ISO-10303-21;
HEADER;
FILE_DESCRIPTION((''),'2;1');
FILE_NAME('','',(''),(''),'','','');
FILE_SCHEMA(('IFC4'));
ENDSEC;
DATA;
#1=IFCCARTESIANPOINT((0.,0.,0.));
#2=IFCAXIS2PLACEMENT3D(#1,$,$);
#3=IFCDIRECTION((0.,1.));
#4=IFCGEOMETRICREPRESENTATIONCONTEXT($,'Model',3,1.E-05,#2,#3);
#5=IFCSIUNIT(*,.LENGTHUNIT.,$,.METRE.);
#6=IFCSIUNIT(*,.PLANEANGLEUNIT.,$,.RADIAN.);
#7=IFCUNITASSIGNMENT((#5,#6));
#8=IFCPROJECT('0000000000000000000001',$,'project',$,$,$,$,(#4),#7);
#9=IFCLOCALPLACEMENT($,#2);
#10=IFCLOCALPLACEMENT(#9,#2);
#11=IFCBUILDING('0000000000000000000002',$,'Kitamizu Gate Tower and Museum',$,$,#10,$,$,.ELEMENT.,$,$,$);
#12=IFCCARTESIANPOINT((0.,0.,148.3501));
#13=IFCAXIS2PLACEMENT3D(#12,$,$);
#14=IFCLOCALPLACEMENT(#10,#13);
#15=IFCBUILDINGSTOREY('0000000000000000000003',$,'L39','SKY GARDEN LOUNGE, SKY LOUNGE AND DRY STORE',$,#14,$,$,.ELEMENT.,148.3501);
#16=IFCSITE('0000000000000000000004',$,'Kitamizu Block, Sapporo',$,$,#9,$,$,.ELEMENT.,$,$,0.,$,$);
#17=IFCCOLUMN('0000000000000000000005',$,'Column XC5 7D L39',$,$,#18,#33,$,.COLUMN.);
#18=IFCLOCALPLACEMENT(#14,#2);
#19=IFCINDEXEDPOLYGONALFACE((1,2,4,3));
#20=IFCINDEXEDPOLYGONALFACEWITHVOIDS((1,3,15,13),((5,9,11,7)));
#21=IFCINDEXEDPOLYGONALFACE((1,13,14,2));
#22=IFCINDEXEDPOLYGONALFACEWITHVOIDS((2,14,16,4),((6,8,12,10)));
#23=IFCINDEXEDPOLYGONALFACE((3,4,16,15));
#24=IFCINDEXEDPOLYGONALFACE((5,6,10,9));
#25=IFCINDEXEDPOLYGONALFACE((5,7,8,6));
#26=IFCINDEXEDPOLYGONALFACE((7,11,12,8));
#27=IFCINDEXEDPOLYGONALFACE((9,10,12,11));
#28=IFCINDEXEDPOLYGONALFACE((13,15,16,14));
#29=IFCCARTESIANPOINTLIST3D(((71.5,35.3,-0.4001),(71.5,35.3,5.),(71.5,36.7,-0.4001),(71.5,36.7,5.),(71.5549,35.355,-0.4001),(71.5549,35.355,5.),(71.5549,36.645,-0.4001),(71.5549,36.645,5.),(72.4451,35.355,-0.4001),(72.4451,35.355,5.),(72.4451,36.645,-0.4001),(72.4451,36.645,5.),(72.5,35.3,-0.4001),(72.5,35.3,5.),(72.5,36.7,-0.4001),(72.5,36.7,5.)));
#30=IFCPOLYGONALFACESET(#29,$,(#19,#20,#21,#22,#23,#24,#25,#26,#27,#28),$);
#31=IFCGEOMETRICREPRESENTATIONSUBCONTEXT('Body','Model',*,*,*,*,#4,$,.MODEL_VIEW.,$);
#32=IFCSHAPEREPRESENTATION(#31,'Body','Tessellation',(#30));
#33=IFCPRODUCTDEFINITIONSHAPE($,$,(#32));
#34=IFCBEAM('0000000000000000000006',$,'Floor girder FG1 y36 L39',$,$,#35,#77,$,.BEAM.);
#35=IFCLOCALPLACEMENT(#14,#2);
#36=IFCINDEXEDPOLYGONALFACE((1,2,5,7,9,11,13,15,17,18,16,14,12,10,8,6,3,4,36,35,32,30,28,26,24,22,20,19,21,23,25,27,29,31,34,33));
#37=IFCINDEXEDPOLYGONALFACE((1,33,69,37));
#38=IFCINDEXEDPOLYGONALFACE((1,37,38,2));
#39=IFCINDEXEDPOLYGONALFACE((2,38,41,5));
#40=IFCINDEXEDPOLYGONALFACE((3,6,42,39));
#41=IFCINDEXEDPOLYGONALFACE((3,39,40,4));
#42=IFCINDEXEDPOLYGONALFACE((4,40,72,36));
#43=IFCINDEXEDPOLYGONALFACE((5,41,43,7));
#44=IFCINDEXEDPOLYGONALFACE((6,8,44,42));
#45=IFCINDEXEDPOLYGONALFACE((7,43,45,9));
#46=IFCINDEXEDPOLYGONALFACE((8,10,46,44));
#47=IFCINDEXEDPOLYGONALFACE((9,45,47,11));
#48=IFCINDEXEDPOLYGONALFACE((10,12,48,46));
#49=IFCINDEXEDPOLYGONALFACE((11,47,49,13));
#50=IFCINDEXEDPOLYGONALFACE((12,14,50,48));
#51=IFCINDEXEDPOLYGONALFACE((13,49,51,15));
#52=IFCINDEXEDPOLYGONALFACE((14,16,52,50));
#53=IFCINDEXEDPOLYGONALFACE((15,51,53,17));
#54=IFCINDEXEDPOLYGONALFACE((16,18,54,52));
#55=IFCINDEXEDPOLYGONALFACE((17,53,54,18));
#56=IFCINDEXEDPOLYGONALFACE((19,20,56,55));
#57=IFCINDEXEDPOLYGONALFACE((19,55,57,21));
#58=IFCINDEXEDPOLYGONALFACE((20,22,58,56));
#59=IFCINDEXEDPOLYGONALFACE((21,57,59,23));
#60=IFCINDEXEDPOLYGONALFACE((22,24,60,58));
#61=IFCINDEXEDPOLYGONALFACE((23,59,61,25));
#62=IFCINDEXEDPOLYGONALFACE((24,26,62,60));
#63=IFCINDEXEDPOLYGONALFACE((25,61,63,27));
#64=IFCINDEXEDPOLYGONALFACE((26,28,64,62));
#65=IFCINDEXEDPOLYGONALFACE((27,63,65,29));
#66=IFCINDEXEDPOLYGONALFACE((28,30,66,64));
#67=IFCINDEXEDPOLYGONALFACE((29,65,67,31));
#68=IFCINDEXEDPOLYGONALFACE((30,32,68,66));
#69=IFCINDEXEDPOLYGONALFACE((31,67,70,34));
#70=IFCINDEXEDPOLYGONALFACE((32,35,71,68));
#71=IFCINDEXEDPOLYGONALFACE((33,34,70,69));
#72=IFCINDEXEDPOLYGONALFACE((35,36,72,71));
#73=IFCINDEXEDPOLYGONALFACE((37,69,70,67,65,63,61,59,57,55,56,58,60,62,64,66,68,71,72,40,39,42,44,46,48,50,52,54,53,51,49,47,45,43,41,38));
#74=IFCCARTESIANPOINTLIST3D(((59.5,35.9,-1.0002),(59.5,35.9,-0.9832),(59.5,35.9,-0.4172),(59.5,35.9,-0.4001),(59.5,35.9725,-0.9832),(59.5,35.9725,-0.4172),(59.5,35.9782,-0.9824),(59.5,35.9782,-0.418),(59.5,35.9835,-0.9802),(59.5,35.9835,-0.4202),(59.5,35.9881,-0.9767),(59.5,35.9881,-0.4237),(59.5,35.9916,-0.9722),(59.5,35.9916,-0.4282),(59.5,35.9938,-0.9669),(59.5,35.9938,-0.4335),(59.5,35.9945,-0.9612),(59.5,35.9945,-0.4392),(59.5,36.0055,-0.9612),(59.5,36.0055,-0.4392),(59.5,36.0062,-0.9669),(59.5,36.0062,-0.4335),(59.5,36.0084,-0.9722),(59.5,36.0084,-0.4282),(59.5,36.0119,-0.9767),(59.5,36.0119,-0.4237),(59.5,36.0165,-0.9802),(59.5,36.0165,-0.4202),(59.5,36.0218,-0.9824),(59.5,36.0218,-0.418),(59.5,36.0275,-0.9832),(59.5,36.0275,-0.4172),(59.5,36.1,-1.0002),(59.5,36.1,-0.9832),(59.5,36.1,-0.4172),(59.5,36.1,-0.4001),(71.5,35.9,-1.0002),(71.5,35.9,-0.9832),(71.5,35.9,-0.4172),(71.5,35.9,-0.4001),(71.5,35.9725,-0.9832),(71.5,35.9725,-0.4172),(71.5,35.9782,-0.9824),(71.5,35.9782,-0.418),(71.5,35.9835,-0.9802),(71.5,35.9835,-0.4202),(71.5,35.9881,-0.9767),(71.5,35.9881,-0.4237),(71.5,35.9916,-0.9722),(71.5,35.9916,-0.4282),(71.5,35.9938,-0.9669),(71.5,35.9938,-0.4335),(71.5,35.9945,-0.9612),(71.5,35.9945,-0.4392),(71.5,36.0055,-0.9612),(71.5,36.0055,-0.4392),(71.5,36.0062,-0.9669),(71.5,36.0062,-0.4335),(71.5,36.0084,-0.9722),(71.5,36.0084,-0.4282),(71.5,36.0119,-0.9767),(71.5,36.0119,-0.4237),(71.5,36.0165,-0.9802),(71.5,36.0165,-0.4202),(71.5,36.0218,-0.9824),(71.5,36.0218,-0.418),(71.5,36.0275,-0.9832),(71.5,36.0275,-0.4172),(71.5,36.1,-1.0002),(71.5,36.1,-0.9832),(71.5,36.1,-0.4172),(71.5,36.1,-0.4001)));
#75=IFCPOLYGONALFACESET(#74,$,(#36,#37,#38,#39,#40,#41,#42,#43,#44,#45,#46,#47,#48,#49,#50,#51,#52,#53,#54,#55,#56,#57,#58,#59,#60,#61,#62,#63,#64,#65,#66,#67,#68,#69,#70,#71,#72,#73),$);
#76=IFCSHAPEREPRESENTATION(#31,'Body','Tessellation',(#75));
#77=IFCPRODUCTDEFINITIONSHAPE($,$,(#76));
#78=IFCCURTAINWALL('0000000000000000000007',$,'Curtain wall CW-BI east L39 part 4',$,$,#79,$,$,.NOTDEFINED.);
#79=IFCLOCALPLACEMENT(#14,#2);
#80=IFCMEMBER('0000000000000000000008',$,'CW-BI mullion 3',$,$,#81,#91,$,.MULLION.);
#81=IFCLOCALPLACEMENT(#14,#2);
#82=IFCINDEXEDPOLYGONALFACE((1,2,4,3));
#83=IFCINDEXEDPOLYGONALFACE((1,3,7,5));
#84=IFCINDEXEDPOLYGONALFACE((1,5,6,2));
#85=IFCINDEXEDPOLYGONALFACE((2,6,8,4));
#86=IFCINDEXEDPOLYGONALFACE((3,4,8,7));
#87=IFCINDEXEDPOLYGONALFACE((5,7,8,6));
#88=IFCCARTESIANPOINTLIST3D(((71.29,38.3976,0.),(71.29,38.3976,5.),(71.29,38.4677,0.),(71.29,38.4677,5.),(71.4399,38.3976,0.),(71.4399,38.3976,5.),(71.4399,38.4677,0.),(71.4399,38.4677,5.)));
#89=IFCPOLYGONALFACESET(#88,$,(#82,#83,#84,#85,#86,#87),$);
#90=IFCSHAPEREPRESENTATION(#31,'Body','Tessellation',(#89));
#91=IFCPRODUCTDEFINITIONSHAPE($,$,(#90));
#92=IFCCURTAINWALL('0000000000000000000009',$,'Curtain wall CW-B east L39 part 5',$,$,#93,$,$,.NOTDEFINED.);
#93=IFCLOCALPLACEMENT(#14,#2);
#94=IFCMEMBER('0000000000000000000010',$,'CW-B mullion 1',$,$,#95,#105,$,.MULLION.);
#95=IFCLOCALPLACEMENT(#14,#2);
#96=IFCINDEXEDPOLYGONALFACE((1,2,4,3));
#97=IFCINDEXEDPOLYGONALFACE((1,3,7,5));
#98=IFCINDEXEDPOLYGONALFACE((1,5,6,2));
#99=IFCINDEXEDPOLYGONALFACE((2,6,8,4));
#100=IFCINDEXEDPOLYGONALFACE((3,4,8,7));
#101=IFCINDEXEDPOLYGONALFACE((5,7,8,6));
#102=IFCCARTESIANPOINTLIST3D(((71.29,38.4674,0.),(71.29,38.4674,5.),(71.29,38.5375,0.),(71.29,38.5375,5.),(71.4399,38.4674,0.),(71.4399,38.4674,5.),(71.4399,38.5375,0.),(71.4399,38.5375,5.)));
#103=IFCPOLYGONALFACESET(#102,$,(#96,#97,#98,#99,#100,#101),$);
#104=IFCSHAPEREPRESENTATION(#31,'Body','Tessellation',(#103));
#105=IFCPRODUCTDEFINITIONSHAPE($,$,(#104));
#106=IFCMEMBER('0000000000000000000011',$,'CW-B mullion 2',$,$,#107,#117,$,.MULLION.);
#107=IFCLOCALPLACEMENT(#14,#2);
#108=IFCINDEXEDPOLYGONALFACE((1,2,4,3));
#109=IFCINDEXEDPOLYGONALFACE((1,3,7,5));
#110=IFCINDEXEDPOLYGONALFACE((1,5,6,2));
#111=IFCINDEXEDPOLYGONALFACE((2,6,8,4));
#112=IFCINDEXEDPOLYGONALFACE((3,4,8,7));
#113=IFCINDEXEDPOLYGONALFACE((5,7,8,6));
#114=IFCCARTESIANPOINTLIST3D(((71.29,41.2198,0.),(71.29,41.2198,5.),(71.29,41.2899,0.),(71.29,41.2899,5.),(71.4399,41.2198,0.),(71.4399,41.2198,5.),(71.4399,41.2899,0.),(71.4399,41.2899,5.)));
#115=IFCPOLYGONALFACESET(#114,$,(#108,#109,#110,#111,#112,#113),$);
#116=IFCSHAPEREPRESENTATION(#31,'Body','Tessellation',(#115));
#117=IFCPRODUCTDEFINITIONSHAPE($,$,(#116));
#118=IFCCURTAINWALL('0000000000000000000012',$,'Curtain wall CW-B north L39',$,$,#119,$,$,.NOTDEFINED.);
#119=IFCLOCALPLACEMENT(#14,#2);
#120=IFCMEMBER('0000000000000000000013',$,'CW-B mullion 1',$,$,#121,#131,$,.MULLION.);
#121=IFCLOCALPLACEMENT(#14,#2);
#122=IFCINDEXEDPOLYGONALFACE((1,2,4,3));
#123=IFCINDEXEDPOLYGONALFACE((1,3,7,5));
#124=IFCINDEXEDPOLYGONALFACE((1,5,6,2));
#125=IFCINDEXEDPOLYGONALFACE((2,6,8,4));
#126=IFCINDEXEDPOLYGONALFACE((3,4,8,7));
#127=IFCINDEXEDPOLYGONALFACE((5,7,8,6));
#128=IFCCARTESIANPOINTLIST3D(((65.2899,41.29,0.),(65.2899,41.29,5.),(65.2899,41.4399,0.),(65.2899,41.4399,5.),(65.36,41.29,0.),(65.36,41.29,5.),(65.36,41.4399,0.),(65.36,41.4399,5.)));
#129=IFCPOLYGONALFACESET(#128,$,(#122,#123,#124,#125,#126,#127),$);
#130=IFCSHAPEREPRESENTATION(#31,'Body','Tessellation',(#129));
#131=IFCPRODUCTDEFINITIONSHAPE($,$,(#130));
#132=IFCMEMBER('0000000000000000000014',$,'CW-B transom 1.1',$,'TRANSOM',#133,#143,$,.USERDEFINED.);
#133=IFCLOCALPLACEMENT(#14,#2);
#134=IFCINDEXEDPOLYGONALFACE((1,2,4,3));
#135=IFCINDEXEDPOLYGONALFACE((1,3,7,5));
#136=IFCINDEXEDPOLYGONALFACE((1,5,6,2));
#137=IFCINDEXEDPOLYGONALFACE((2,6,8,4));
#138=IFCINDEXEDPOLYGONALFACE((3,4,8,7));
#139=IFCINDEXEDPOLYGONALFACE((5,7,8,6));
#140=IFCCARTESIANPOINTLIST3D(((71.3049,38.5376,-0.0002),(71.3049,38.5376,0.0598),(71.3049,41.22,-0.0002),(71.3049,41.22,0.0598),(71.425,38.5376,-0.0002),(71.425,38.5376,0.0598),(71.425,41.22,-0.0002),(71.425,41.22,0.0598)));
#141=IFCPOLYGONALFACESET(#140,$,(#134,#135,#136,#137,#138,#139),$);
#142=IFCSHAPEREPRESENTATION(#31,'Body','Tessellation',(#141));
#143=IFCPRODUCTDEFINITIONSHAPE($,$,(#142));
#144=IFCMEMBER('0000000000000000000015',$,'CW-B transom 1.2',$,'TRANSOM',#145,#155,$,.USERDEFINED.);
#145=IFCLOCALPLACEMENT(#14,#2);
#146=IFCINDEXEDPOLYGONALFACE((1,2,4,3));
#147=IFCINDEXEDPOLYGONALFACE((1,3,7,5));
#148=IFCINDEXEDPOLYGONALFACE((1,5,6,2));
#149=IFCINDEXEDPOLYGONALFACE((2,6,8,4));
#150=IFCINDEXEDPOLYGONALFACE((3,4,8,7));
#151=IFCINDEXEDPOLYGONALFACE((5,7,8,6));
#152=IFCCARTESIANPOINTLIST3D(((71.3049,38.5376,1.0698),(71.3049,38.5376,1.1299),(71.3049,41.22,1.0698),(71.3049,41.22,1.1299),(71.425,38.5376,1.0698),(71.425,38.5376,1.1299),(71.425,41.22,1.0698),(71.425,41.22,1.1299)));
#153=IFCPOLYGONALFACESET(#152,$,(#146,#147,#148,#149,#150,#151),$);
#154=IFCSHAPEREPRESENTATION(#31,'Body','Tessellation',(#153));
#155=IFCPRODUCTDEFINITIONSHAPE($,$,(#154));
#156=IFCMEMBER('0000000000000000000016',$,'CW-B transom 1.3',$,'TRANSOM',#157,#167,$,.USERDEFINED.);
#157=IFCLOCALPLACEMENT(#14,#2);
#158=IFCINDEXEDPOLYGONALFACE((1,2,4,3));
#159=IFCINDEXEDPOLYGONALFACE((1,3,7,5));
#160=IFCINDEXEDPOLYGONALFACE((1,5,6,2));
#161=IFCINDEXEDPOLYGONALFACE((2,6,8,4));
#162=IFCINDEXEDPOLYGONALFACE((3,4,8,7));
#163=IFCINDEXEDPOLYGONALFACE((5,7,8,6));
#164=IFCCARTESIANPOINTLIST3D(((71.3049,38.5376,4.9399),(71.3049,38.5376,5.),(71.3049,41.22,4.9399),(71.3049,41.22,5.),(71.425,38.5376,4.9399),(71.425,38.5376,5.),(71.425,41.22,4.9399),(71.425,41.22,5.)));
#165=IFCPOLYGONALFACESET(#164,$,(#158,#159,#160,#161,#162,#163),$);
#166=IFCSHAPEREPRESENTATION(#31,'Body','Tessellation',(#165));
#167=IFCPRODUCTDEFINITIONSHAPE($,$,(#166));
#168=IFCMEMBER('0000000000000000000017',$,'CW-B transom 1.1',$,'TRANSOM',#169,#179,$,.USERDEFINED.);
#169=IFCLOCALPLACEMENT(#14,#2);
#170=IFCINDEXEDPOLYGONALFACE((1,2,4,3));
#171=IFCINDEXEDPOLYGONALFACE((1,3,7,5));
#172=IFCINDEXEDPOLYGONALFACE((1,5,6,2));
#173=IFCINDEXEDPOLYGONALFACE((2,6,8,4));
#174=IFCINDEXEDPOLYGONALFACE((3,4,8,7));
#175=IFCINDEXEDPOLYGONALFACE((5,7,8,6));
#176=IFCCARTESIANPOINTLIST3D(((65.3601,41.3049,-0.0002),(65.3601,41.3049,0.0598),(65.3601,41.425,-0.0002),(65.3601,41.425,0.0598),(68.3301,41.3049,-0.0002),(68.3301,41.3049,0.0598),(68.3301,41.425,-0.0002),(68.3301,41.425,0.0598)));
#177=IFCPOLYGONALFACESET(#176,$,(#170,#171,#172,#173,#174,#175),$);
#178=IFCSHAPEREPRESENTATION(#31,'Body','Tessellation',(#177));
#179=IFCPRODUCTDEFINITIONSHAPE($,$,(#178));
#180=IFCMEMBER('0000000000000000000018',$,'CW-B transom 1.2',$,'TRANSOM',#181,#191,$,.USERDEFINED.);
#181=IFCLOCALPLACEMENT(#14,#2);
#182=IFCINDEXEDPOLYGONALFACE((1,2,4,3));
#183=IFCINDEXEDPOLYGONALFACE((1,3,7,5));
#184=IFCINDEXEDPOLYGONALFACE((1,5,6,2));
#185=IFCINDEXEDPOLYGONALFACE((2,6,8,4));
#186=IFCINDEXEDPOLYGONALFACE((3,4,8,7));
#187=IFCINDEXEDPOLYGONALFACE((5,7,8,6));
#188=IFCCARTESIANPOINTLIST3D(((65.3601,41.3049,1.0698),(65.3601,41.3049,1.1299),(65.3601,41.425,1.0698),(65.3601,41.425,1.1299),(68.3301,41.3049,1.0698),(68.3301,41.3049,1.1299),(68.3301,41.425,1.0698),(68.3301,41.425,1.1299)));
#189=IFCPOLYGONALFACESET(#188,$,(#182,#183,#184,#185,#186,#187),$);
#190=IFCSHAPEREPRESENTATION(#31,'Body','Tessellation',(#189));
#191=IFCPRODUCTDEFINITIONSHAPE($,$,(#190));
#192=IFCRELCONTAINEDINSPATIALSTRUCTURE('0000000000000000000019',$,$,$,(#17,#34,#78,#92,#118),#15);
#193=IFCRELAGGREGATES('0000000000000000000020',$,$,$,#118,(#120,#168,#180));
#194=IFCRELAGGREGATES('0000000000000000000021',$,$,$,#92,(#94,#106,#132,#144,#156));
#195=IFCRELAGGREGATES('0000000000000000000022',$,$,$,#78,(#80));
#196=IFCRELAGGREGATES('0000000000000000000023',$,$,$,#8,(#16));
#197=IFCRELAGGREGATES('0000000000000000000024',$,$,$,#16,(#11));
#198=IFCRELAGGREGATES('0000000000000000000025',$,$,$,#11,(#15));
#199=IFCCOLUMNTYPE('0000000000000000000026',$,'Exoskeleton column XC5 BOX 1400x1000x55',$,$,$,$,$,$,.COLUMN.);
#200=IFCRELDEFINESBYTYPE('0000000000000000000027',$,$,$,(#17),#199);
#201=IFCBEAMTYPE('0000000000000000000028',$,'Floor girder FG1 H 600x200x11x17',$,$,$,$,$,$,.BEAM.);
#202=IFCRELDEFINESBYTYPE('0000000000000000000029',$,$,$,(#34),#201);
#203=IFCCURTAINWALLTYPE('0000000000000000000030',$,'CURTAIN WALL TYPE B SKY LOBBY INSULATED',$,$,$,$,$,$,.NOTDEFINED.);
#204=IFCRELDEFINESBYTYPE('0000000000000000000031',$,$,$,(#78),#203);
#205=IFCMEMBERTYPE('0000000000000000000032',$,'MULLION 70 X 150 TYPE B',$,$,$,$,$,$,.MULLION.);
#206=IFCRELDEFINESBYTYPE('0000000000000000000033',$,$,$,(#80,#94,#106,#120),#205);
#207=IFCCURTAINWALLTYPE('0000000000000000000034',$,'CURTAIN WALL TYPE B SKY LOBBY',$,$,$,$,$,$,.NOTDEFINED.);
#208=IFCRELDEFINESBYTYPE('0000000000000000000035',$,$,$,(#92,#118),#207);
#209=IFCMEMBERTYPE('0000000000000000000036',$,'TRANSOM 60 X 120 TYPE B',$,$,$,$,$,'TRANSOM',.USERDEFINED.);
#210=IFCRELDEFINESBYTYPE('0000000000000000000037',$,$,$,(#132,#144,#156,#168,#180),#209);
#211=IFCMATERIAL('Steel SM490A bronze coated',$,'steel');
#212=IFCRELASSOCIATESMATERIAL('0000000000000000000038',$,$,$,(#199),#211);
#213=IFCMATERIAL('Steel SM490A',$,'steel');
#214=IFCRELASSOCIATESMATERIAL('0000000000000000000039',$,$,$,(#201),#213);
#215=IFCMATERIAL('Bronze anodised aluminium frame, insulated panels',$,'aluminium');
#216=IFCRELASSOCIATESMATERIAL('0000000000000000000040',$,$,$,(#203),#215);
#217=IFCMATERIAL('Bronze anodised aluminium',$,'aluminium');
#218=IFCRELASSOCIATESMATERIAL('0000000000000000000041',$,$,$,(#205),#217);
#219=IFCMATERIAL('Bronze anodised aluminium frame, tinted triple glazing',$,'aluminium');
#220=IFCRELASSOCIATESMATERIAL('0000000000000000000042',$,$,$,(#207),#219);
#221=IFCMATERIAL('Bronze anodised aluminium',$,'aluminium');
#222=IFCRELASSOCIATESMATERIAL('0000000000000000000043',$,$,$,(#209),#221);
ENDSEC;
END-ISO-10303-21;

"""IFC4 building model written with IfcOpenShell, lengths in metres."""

from ifc_helpers import new_model, si_unit, direction, frame, origin, origin_2d, place, context, subcontext, project, spatial, rectangle, hollow_rectangle, i_section, extrude, material, material_profile, profile_set, type_object, element, aggregate, save


model = new_model("IFC4")

# Units and contexts
model_context = context("Model", 3, precision=1e-05, world=origin(), true_north=direction((0.0, 1.0)))
body_context = subcontext(model_context, "Body", "Model", "MODEL_VIEW")
ifc_project = project(units=[si_unit("LENGTHUNIT", "METRE"), si_unit("PLANEANGLEUNIT", "RADIAN")], contexts=[model_context])

# Site, building, storey
site_placement = place(None, origin())
site = spatial("IfcSite", under=ifc_project, at=site_placement, Name="Kitamizu Block, Sapporo", CompositionType="ELEMENT", RefElevation=0.0)
building_placement = place(site_placement, origin())
building = spatial("IfcBuilding", under=site, at=building_placement, Name="Kitamizu Gate Tower and Museum", CompositionType="ELEMENT")
storey_placement = place(building_placement, frame((0.0, 0.0, 148.3501)))
storey = spatial("IfcBuildingStorey", under=building, at=storey_placement, Name="L39", Description="SKY GARDEN LOUNGE, SKY LOUNGE AND DRY STORE", CompositionType="ELEMENT", Elevation=148.3501)

# Column
ifc_material_1 = material(Name="Steel SM490A bronze coated", Category="steel")
ifc_material_profile_1 = material_profile(ifc_material_1, hollow_rectangle(XDim=1.3999, YDim=1.0, WallThickness=0.0549, at=origin_2d()), Name="BOX 1400x1000x55")
ifc_profile_set_1 = profile_set([ifc_material_profile_1], Name="Steel SM490A bronze coated")
column_type = type_object("IfcColumnType", Name="Exoskeleton column XC5 BOX 1400x1000x55", PredefinedType="COLUMN", material=ifc_profile_set_1)
column_placement = place(storey_placement, frame((72.0, 36.0, -0.4001), z_axis=(0.0, 0.0, 1.0), x_axis=(0.0, 1.0, 0.0)))
element("IfcColumn", 1, at=column_placement, inside=storey, type_object=column_type, Name="Column XC5 7D L39", PredefinedType="COLUMN", context=body_context, shape_type="SweptSolid", body=[
    extrude(hollow_rectangle(XDim=1.3999, YDim=1.0, WallThickness=0.0549, at=origin_2d()), origin(), (0.0, 0.0, 1.0), 5.4001),
])

# Beam
ifc_material_2 = material(Name="Steel SM490A", Category="steel")
ifc_material_profile_2 = material_profile(ifc_material_2, i_section(OverallWidth=0.2, OverallDepth=0.6001, WebThickness=0.011, FlangeThickness=0.0171, FilletRadius=0.022, at=origin_2d()), Name="H-600x200x11x17")
ifc_profile_set_2 = profile_set([ifc_material_profile_2], Name="Steel SM490A")
beam_type = type_object("IfcBeamType", Name="Floor girder FG1 H 600x200x11x17", PredefinedType="BEAM", material=ifc_profile_set_2)
beam_placement = place(storey_placement, frame((59.5, 36.0, -0.7002), z_axis=(1.0, 0.0, 0.0), x_axis=(0.0, 1.0, 0.0)))
element("IfcBeam", 2, at=beam_placement, inside=storey, type_object=beam_type, Name="Floor girder FG1 y36 L39", PredefinedType="BEAM", context=body_context, shape_type="SweptSolid", body=[
    extrude(i_section(OverallWidth=0.2, OverallDepth=0.6001, WebThickness=0.011, FlangeThickness=0.0171, FilletRadius=0.022, at=origin_2d()), origin(), (0.0, 0.0, 1.0), 12.0),
])

# Curtain wall, member
ifc_material_3 = material(Name="Bronze anodised aluminium frame, insulated panels", Category="aluminium")
curtain_wall_type_1 = type_object("IfcCurtainWallType", Name="CURTAIN WALL TYPE B SKY LOBBY INSULATED", PredefinedType="NOTDEFINED", material=ifc_material_3)
curtain_wall_1_placement = place(storey_placement, origin())
curtain_wall_1 = element("IfcCurtainWall", 3, at=curtain_wall_1_placement, inside=storey, type_object=curtain_wall_type_1, Name="Curtain wall CW-BI east L39 part 4", PredefinedType="NOTDEFINED")
ifc_material_4 = material(Name="Bronze anodised aluminium", Category="aluminium")
ifc_material_profile_3 = material_profile(ifc_material_4, rectangle(XDim=0.0701, YDim=0.1499, at=origin_2d()), Name="AL 70X150")
ifc_profile_set_3 = profile_set([ifc_material_profile_3], Name="Bronze anodised aluminium")
member_type_1 = type_object("IfcMemberType", Name="MULLION 70 X 150 TYPE B", PredefinedType="MULLION", material=ifc_profile_set_3)
member_1_placement = place(storey_placement, frame((71.365, 38.4326, 0.0), z_axis=(0.0, 0.0, 1.0), x_axis=(0.0, 1.0, 0.0)))
member_1 = element("IfcMember", 4, at=member_1_placement, type_object=member_type_1, Name="CW-BI mullion 3", PredefinedType="MULLION", context=body_context, shape_type="SweptSolid", body=[
    extrude(rectangle(XDim=0.0701, YDim=0.1499, at=origin_2d()), origin(), (0.0, 0.0, 1.0), 5.0),
])

# Curtain wall, members
ifc_material_5 = material(Name="Bronze anodised aluminium frame, tinted triple glazing", Category="aluminium")
curtain_wall_type_2 = type_object("IfcCurtainWallType", Name="CURTAIN WALL TYPE B SKY LOBBY", PredefinedType="NOTDEFINED", material=ifc_material_5)
curtain_wall_2_placement = place(storey_placement, origin())
curtain_wall_2 = element("IfcCurtainWall", 5, at=curtain_wall_2_placement, inside=storey, type_object=curtain_wall_type_2, Name="Curtain wall CW-B east L39 part 5", PredefinedType="NOTDEFINED")
member_2_placement = place(storey_placement, frame((71.365, 38.5024, 0.0), z_axis=(0.0, 0.0, 1.0), x_axis=(0.0, 1.0, 0.0)))
member_2 = element("IfcMember", 6, at=member_2_placement, type_object=member_type_1, Name="CW-B mullion 1", PredefinedType="MULLION", context=body_context, shape_type="SweptSolid", body=[
    extrude(rectangle(XDim=0.0701, YDim=0.1499, at=origin_2d()), origin(), (0.0, 0.0, 1.0), 5.0),
])
member_3_placement = place(storey_placement, frame((71.365, 41.2549, 0.0), z_axis=(0.0, 0.0, 1.0), x_axis=(0.0, 1.0, 0.0)))
member_3 = element("IfcMember", 7, at=member_3_placement, type_object=member_type_1, Name="CW-B mullion 2", PredefinedType="MULLION", context=body_context, shape_type="SweptSolid", body=[
    extrude(rectangle(XDim=0.0701, YDim=0.1499, at=origin_2d()), origin(), (0.0, 0.0, 1.0), 5.0),
])

# Curtain wall, member
curtain_wall_3_placement = place(storey_placement, origin())
curtain_wall_3 = element("IfcCurtainWall", 8, at=curtain_wall_3_placement, inside=storey, type_object=curtain_wall_type_2, Name="Curtain wall CW-B north L39", PredefinedType="NOTDEFINED")
member_4_placement = place(storey_placement, frame((65.325, 41.365, 0.0), z_axis=(0.0, 0.0, 1.0), x_axis=(1.0, 0.0, 0.0)))
member_4 = element("IfcMember", 9, at=member_4_placement, type_object=member_type_1, Name="CW-B mullion 1", PredefinedType="MULLION", context=body_context, shape_type="SweptSolid", body=[
    extrude(rectangle(XDim=0.0701, YDim=0.1499, at=origin_2d()), origin(), (0.0, 0.0, 1.0), 5.0),
])

# Members
ifc_material_6 = material(Name="Bronze anodised aluminium", Category="aluminium")
ifc_material_profile_4 = material_profile(ifc_material_6, rectangle(XDim=0.1201, YDim=0.0601, at=origin_2d()), Name="AL 60X120")
ifc_profile_set_4 = profile_set([ifc_material_profile_4], Name="Bronze anodised aluminium")
member_type_2 = type_object("IfcMemberType", Name="TRANSOM 60 X 120 TYPE B", ElementType="TRANSOM", PredefinedType="USERDEFINED", material=ifc_profile_set_4)
member_5_placement = place(storey_placement, frame((71.365, 38.5376, 0.0298), z_axis=(0.0, 1.0, 0.0), x_axis=(-1.0, 0.0, 0.0)))
member_5 = element("IfcMember", 10, at=member_5_placement, type_object=member_type_2, Name="CW-B transom 1.1", ObjectType="TRANSOM", PredefinedType="USERDEFINED", context=body_context, shape_type="SweptSolid", body=[
    extrude(rectangle(XDim=0.1201, YDim=0.0601, at=origin_2d()), origin(), (0.0, 0.0, 1.0), 2.6824),
])
member_6_placement = place(storey_placement, frame((71.365, 38.5376, 1.0999), z_axis=(0.0, 1.0, 0.0), x_axis=(-1.0, 0.0, 0.0)))
member_6 = element("IfcMember", 11, at=member_6_placement, type_object=member_type_2, Name="CW-B transom 1.2", ObjectType="TRANSOM", PredefinedType="USERDEFINED", context=body_context, shape_type="SweptSolid", body=[
    extrude(rectangle(XDim=0.1201, YDim=0.0601, at=origin_2d()), origin(), (0.0, 0.0, 1.0), 2.6824),
])
member_7_placement = place(storey_placement, frame((71.365, 38.5376, 4.97), z_axis=(0.0, 1.0, 0.0), x_axis=(-1.0, 0.0, 0.0)))
member_7 = element("IfcMember", 12, at=member_7_placement, type_object=member_type_2, Name="CW-B transom 1.3", ObjectType="TRANSOM", PredefinedType="USERDEFINED", context=body_context, shape_type="SweptSolid", body=[
    extrude(rectangle(XDim=0.1201, YDim=0.0601, at=origin_2d()), origin(), (0.0, 0.0, 1.0), 2.6824),
])
member_8_placement = place(storey_placement, frame((65.3601, 41.365, 0.0298), z_axis=(1.0, 0.0, 0.0), x_axis=(0.0, 1.0, 0.0)))
member_8 = element("IfcMember", 13, at=member_8_placement, type_object=member_type_2, Name="CW-B transom 1.1", ObjectType="TRANSOM", PredefinedType="USERDEFINED", context=body_context, shape_type="SweptSolid", body=[
    extrude(rectangle(XDim=0.1201, YDim=0.0601, at=origin_2d()), origin(), (0.0, 0.0, 1.0), 2.97),
])
member_9_placement = place(storey_placement, frame((65.3601, 41.365, 1.0999), z_axis=(1.0, 0.0, 0.0), x_axis=(0.0, 1.0, 0.0)))
member_9 = element("IfcMember", 14, at=member_9_placement, type_object=member_type_2, Name="CW-B transom 1.2", ObjectType="TRANSOM", PredefinedType="USERDEFINED", context=body_context, shape_type="SweptSolid", body=[
    extrude(rectangle(XDim=0.1201, YDim=0.0601, at=origin_2d()), origin(), (0.0, 0.0, 1.0), 2.97),
])
aggregate(curtain_wall_3, [member_4, member_8, member_9])

aggregate(curtain_wall_2, [member_2, member_3, member_5, member_6, member_7])
aggregate(curtain_wall_1, [member_1])

save(model, "model.ifc")
